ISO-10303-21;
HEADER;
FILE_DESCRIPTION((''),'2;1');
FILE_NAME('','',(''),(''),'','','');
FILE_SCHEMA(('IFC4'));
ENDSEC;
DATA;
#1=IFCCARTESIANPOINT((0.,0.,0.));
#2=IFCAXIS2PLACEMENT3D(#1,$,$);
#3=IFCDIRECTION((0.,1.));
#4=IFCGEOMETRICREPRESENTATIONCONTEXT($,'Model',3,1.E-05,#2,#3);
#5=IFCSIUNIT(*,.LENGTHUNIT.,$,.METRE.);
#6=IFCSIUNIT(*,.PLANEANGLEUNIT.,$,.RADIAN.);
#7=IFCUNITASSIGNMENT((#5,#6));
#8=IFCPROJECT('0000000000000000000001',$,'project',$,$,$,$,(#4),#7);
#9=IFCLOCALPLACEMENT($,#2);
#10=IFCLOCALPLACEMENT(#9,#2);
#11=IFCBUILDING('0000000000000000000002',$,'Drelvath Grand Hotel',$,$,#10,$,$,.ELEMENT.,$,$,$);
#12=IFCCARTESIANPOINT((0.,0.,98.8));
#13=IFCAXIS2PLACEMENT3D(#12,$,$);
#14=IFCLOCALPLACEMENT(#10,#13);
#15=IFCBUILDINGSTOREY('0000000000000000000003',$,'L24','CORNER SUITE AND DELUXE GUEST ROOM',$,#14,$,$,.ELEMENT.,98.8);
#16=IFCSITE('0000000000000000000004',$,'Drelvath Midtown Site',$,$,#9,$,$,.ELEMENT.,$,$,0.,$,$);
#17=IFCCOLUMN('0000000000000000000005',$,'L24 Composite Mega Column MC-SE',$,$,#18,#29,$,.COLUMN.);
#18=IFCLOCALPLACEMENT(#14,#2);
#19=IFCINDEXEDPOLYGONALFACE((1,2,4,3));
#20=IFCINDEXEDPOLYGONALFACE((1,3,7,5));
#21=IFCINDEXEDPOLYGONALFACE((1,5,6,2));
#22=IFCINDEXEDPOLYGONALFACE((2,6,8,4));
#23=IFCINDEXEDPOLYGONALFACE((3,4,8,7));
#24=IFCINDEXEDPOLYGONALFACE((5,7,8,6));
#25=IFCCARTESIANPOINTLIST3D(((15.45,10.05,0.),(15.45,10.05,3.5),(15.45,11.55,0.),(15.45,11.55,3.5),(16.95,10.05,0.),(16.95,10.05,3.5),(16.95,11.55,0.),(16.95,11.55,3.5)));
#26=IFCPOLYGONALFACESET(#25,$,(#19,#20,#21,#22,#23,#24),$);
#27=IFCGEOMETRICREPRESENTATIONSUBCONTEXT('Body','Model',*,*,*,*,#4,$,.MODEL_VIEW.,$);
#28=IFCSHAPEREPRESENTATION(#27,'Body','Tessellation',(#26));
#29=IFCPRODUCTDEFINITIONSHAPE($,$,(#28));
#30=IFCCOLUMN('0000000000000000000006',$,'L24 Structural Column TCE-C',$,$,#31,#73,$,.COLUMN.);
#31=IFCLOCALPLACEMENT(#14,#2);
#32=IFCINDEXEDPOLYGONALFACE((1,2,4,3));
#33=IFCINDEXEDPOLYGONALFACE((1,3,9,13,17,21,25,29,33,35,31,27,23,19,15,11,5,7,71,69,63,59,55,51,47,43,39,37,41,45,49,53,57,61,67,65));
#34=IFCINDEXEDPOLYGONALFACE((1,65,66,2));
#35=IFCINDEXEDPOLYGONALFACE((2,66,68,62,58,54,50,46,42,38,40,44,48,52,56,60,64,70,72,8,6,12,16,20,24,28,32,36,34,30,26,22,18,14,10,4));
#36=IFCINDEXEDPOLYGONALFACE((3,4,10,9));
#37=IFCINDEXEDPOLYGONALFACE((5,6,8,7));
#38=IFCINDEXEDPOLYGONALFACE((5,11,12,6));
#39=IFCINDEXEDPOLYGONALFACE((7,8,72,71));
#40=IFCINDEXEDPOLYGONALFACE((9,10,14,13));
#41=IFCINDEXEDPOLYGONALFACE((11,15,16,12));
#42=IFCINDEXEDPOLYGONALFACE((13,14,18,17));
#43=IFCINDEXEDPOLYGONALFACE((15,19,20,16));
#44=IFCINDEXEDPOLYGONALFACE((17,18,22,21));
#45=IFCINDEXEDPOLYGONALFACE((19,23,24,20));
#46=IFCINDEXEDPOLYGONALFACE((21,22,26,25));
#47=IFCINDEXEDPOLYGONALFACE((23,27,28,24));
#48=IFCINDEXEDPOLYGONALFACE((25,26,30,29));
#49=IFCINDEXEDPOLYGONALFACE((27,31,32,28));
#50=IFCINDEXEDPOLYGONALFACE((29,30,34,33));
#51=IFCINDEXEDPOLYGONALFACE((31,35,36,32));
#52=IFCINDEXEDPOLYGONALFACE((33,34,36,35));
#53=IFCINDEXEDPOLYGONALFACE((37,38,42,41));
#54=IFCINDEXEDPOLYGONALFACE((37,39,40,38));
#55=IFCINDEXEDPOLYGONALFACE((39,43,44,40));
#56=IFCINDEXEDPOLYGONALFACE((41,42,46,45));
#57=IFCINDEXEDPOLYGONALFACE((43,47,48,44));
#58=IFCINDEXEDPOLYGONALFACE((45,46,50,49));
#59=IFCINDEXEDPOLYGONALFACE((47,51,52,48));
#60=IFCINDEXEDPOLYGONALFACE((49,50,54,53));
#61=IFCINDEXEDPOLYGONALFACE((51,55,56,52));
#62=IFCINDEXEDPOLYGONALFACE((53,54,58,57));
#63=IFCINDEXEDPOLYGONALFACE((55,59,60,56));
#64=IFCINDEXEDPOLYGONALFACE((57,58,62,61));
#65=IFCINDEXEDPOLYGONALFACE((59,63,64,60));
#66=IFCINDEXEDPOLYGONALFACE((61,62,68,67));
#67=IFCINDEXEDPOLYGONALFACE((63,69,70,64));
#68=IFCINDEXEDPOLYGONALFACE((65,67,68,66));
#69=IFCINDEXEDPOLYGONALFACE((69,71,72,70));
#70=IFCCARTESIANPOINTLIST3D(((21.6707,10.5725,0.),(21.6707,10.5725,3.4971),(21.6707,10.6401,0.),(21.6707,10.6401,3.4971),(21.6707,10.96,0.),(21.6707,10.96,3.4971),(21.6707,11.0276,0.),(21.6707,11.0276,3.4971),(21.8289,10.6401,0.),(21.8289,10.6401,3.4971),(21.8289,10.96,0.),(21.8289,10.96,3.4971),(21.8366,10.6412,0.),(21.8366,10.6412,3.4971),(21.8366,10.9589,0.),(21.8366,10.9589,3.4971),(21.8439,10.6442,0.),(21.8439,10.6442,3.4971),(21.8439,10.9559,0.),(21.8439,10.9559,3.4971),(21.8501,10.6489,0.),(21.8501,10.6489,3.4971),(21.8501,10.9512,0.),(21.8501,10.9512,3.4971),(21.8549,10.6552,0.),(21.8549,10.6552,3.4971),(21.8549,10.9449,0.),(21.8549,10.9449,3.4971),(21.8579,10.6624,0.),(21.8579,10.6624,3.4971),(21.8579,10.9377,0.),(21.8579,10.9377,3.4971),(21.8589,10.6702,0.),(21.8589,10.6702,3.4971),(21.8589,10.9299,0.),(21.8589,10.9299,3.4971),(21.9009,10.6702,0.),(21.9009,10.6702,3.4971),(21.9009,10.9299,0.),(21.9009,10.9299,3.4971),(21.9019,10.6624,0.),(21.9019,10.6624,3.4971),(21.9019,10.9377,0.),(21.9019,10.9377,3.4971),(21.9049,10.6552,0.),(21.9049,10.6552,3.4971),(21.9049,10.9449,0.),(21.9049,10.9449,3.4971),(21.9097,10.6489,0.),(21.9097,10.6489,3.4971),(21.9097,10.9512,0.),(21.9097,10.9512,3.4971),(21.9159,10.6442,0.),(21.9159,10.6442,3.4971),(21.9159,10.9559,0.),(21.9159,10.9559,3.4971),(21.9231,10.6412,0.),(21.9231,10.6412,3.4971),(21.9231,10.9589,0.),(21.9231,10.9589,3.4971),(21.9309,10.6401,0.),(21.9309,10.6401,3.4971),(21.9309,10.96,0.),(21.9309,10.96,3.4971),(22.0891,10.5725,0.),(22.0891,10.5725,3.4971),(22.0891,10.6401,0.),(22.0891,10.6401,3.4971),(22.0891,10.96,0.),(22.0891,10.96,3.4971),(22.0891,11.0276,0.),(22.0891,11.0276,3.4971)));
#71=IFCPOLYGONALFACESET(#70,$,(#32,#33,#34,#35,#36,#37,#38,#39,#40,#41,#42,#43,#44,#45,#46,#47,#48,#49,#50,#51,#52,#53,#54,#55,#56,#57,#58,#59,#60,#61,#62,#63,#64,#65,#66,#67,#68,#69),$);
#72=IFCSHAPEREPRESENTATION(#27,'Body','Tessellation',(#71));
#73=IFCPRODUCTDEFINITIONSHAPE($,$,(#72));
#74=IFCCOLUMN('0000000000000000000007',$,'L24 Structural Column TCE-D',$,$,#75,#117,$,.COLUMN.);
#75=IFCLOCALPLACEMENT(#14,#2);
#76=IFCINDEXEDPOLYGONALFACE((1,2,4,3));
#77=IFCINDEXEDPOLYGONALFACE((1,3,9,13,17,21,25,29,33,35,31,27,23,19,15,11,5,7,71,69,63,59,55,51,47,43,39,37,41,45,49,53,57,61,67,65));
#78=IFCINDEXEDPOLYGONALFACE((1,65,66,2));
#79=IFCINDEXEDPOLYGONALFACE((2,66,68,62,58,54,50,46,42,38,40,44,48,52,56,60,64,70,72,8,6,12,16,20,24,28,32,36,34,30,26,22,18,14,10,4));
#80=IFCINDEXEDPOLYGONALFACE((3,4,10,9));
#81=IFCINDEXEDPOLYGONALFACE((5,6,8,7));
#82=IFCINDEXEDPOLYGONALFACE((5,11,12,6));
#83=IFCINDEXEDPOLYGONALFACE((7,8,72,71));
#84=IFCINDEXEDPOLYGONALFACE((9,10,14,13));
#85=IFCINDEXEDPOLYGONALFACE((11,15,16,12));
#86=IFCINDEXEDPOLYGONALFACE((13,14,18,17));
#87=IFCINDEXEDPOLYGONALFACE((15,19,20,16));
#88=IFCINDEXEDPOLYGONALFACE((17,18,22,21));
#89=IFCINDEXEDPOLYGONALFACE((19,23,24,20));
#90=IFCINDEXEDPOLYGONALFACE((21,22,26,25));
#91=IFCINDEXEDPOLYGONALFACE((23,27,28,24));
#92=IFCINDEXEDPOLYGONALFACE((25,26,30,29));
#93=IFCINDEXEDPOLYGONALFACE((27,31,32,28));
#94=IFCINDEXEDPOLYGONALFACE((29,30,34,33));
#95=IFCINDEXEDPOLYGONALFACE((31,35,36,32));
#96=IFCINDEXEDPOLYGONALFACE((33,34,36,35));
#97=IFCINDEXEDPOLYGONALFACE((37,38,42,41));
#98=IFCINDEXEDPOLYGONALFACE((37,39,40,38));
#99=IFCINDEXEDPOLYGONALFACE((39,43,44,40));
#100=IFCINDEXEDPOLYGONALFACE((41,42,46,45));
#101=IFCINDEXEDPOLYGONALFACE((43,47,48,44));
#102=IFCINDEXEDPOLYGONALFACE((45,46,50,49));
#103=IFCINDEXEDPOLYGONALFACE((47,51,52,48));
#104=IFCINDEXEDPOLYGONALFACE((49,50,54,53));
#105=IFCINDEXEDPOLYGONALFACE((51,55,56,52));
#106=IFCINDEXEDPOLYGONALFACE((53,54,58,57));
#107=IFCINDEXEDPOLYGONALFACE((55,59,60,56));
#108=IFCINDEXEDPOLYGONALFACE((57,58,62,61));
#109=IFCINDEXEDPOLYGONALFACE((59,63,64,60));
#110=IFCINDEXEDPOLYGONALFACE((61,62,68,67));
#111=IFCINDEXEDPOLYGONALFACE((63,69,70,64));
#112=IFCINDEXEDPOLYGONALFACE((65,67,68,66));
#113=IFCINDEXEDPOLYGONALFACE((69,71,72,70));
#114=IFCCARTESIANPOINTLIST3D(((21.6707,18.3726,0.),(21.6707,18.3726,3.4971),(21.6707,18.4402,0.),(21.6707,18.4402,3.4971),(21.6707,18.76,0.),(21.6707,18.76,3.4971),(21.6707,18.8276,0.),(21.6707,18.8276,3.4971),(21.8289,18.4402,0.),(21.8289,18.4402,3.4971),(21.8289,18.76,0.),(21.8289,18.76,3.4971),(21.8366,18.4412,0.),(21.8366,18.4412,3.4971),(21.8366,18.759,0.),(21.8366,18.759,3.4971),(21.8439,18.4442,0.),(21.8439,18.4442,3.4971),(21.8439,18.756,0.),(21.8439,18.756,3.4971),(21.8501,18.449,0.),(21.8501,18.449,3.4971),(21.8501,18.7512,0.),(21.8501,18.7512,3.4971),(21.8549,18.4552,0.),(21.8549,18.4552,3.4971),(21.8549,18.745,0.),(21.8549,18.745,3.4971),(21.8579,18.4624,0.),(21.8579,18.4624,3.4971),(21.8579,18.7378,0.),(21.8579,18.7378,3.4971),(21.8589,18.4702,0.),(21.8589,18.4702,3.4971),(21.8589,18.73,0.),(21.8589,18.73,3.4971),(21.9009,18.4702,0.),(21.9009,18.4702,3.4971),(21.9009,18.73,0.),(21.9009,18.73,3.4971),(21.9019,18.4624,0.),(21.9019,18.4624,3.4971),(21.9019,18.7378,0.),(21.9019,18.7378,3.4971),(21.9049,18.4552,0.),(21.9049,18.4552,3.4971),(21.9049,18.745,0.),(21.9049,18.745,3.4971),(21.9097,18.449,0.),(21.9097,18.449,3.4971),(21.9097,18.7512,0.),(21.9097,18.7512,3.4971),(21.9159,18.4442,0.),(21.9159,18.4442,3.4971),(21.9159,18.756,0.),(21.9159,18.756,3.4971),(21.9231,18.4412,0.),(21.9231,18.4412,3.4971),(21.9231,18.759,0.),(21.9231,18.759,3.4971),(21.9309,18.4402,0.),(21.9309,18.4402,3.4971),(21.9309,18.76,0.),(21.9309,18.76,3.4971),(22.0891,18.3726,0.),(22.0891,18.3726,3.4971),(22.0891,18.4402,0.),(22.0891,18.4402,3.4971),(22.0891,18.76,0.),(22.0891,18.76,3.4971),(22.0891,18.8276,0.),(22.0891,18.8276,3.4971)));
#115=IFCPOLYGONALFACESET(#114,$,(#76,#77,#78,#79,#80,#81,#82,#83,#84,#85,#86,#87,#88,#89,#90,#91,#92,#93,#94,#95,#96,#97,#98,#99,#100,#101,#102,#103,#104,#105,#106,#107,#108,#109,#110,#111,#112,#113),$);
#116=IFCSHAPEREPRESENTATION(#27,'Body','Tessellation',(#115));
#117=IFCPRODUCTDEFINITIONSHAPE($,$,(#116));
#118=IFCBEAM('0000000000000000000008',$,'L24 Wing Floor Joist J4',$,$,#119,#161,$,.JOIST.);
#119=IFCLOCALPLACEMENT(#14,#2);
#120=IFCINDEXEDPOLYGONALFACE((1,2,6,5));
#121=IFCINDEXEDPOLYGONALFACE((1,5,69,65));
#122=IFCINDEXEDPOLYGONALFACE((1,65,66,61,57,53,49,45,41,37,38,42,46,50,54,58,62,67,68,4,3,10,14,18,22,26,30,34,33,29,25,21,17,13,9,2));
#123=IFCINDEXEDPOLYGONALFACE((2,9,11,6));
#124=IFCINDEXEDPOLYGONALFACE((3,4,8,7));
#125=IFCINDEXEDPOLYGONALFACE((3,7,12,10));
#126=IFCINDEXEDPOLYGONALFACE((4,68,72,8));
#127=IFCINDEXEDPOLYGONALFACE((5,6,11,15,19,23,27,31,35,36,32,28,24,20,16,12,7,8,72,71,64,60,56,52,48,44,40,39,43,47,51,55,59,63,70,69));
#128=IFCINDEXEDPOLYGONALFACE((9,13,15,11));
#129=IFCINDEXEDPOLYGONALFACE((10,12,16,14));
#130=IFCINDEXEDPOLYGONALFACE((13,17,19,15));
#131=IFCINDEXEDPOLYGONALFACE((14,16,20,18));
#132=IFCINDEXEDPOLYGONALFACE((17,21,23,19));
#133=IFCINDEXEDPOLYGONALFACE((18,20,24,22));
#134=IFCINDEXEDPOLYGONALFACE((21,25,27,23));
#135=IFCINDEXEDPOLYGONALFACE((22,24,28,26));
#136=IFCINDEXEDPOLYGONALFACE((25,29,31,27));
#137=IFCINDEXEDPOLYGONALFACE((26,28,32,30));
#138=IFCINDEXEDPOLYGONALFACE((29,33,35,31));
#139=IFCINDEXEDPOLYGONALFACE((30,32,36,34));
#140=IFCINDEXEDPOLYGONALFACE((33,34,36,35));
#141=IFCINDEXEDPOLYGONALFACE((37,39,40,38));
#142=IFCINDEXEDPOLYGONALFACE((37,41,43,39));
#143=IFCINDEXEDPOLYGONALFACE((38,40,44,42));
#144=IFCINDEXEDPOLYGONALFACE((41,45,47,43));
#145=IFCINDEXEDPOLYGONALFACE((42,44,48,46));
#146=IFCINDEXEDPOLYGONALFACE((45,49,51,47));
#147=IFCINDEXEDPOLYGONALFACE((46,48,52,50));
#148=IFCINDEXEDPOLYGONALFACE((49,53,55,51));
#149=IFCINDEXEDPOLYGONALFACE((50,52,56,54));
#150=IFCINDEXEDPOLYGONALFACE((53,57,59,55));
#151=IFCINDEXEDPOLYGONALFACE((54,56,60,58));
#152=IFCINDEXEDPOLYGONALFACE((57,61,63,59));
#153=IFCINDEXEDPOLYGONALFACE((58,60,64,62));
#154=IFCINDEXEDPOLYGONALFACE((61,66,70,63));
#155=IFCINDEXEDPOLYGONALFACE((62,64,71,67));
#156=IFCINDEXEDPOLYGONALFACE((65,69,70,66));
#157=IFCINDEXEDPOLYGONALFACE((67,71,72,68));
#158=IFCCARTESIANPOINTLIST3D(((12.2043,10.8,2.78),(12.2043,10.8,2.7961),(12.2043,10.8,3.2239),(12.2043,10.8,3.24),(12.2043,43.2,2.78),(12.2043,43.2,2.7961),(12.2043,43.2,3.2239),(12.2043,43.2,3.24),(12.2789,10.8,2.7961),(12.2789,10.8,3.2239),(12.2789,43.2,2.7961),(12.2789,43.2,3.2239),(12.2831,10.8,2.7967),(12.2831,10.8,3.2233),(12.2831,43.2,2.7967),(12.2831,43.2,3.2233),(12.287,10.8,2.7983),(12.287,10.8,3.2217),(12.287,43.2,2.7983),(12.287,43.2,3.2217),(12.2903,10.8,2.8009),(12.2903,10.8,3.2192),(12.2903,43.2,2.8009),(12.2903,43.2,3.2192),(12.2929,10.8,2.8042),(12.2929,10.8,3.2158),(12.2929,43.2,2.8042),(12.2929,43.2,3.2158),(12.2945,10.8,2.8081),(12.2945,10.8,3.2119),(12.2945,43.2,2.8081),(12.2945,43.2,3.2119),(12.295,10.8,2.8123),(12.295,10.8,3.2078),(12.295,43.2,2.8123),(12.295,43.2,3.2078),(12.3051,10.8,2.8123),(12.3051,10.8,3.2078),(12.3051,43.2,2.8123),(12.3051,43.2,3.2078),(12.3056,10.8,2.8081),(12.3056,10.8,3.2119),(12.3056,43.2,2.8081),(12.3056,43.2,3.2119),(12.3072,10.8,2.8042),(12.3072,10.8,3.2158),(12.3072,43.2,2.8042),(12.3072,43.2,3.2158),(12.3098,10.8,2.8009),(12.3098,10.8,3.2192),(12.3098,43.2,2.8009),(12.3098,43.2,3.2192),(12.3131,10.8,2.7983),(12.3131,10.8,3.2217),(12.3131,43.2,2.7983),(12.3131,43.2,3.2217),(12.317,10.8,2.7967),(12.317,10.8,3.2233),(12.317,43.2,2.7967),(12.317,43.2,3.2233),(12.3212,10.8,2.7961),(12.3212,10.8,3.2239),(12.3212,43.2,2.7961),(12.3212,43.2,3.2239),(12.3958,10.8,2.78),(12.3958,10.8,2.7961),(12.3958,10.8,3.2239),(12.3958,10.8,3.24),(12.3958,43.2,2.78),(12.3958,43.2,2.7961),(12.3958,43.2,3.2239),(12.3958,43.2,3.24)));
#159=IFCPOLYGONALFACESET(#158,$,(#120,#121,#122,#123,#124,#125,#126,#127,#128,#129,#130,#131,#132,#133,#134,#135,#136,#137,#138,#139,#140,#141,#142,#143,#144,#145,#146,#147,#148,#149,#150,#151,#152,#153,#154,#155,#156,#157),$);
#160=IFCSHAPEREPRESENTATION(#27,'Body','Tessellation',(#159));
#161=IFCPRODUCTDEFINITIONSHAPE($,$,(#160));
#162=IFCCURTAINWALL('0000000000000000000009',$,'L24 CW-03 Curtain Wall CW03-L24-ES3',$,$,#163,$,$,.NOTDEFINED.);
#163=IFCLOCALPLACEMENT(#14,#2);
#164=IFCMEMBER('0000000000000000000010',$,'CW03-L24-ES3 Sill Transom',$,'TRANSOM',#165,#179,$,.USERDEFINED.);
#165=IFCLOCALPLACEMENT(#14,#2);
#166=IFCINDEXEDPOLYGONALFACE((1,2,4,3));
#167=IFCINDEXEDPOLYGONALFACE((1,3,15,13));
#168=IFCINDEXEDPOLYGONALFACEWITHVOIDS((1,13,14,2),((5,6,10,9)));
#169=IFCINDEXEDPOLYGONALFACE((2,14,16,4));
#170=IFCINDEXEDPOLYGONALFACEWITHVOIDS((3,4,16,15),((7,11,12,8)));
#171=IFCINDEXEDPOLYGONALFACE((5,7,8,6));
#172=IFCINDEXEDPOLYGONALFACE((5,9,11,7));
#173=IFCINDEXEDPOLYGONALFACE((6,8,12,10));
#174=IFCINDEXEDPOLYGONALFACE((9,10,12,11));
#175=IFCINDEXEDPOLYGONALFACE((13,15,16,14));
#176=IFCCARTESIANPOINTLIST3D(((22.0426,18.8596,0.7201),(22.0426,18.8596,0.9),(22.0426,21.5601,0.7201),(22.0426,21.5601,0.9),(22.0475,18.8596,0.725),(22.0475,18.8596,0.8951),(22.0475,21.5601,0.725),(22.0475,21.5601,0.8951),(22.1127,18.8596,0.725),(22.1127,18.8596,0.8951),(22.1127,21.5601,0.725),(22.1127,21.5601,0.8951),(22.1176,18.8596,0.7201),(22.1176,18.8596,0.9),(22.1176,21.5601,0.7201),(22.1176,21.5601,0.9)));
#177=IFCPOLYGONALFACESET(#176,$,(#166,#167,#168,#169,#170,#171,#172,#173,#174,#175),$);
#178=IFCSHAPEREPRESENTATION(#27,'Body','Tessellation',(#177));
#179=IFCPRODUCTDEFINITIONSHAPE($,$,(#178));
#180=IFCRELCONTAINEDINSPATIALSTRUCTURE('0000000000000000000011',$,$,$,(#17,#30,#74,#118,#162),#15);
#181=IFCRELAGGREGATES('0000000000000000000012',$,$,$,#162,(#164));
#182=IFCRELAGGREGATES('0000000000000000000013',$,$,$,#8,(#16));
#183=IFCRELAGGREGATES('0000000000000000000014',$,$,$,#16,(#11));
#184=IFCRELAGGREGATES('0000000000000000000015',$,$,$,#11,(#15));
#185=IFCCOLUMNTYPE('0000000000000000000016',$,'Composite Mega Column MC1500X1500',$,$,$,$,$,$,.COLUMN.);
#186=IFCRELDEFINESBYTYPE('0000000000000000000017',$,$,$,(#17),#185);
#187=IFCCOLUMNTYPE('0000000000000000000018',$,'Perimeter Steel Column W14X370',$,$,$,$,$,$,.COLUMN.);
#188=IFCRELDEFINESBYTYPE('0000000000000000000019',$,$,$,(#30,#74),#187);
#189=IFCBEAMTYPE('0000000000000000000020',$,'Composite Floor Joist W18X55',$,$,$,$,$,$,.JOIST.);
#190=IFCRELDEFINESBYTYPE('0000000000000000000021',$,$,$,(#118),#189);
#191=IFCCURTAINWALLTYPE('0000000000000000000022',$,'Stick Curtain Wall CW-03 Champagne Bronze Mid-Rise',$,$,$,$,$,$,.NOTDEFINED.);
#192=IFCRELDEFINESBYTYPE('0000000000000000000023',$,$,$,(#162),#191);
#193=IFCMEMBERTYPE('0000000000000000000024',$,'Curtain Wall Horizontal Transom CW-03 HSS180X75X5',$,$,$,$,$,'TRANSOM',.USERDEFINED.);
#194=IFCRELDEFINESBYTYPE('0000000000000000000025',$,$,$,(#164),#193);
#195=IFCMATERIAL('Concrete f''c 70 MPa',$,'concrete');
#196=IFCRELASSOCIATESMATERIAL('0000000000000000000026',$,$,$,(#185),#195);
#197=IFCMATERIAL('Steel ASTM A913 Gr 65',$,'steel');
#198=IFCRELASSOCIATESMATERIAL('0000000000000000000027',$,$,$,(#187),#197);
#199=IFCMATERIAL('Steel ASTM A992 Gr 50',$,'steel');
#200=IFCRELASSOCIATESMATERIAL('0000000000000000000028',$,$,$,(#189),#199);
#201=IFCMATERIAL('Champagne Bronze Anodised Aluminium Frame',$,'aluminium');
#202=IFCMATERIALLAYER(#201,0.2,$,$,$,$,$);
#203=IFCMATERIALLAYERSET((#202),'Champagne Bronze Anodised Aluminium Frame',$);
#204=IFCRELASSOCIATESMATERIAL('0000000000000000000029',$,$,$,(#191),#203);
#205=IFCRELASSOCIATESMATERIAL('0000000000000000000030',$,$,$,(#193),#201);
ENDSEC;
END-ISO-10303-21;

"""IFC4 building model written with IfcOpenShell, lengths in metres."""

from ifc_helpers import new_model, si_unit, direction, frame, origin, origin_2d, place, context, subcontext, project, spatial, rectangle, hollow_rectangle, i_section, extrude, material, layer, layer_set, material_profile, profile_set, type_object, element, aggregate, save


model = new_model("IFC4")

# Units and contexts
model_context = context("Model", 3, precision=1e-05, world=origin(), true_north=direction((0.0, 1.0)))
body_context = subcontext(model_context, "Body", "Model", "MODEL_VIEW")
ifc_project = project(units=[si_unit("LENGTHUNIT", "METRE"), si_unit("PLANEANGLEUNIT", "RADIAN")], contexts=[model_context])

# Site, building, storey
site_placement = place(None, origin())
site = spatial("IfcSite", under=ifc_project, at=site_placement, Name="Drelvath Midtown Site", CompositionType="ELEMENT", RefElevation=0.0)
building_placement = place(site_placement, origin())
building = spatial("IfcBuilding", under=site, at=building_placement, Name="Drelvath Grand Hotel", CompositionType="ELEMENT")
storey_placement = place(building_placement, frame((0.0, 0.0, 98.8)))
storey = spatial("IfcBuildingStorey", under=building, at=storey_placement, Name="L24", Description="CORNER SUITE AND DELUXE GUEST ROOM", CompositionType="ELEMENT", Elevation=98.8)

# Columns
ifc_material_1 = material(Name="Concrete f'c 70 MPa", Category="concrete")
ifc_material_profile_1 = material_profile(ifc_material_1, rectangle(XDim=1.5, YDim=1.5, at=origin_2d()), Name="MC1500X1500")
ifc_profile_set_1 = profile_set([ifc_material_profile_1], Name="Concrete f'c 70 MPa")
column_type_1 = type_object("IfcColumnType", Name="Composite Mega Column MC1500X1500", PredefinedType="COLUMN", material=ifc_profile_set_1)
column_placement = place(storey_placement, frame((16.2, 10.8, 0.0), z_axis=(0.0, 0.0, 1.0), x_axis=(1.0, 0.0, 0.0)))
element("IfcColumn", 1, at=column_placement, inside=storey, type_object=column_type_1, Name="L24 Composite Mega Column MC-SE", PredefinedType="COLUMN", context=body_context, shape_type="SweptSolid", body=[
    extrude(rectangle(XDim=1.5, YDim=1.5, at=origin_2d()), origin(), (0.0, 0.0, 1.0), 3.5),
])
ifc_material_2 = material(Name="Steel ASTM A913 Gr 65", Category="steel")
ifc_material_profile_2 = material_profile(ifc_material_2, i_section(OverallWidth=0.4185, OverallDepth=0.4551, WebThickness=0.042, FlangeThickness=0.0676, FilletRadius=0.03, at=origin_2d()), Name="W14X370")
ifc_profile_set_2 = profile_set([ifc_material_profile_2], Name="Steel ASTM A913 Gr 65")
column_type_2 = type_object("IfcColumnType", Name="Perimeter Steel Column W14X370", PredefinedType="COLUMN", material=ifc_profile_set_2)
for number, where, z_axis, x_axis, name in (
    (2, (21.8799, 10.8, 0.0), (0.0, 0.0, 1.0), (1.0, 0.0, 0.0), "L24 Structural Column TCE-C"),
    (3, (21.8799, 18.6001, 0.0), (0.0, 0.0, 1.0), (1.0, 0.0, 0.0), "L24 Structural Column TCE-D"),
):
    element("IfcColumn", number, at=place(storey_placement, frame(where, z_axis=z_axis, x_axis=x_axis)), inside=storey, type_object=column_type_2, Name=name, PredefinedType="COLUMN", context=body_context, shape_type="SweptSolid", body=[
        extrude(i_section(OverallWidth=0.4185, OverallDepth=0.4551, WebThickness=0.042, FlangeThickness=0.0676, FilletRadius=0.03, at=origin_2d()), origin(), (0.0, 0.0, 1.0), 3.4971),
    ])

# Beam
ifc_material_3 = material(Name="Steel ASTM A992 Gr 50", Category="steel")
ifc_material_profile_3 = material_profile(ifc_material_3, i_section(OverallWidth=0.1914, OverallDepth=0.46, WebThickness=0.01, FlangeThickness=0.0161, FilletRadius=0.0161, at=origin_2d()), Name="W18X55")
ifc_profile_set_3 = profile_set([ifc_material_profile_3], Name="Steel ASTM A992 Gr 50")
beam_type_1 = type_object("IfcBeamType", Name="Composite Floor Joist W18X55", PredefinedType="JOIST", material=ifc_profile_set_3)
beam_1_placement = place(storey_placement, frame((12.3, 10.8, 3.01), z_axis=(0.0, 1.0, 0.0), x_axis=(-1.0, 0.0, 0.0)))
element("IfcBeam", 4, at=beam_1_placement, inside=storey, type_object=beam_type_1, Name="L24 Wing Floor Joist J4", PredefinedType="JOIST", context=body_context, shape_type="SweptSolid", body=[
    extrude(i_section(OverallWidth=0.1914, OverallDepth=0.46, WebThickness=0.01, FlangeThickness=0.0161, FilletRadius=0.0161, at=origin_2d()), origin(), (0.0, 0.0, 1.0), 32.3999),
])

# Curtain wall, member
ifc_material_4 = material(Name="Champagne Bronze Anodised Aluminium Frame", Category="aluminium")
ifc_layer_1 = layer(ifc_material_4, 0.2)
ifc_layer_set_1 = layer_set([ifc_layer_1], Name="Champagne Bronze Anodised Aluminium Frame")
curtain_wall_type = type_object("IfcCurtainWallType", Name="Stick Curtain Wall CW-03 Champagne Bronze Mid-Rise", PredefinedType="NOTDEFINED", material=ifc_layer_set_1)
curtain_wall_1_placement = place(storey_placement, origin())
curtain_wall_1 = element("IfcCurtainWall", 5, at=curtain_wall_1_placement, inside=storey, type_object=curtain_wall_type, Name="L24 CW-03 Curtain Wall CW03-L24-ES3", PredefinedType="NOTDEFINED")
ifc_material_profile_4 = material_profile(ifc_material_4, hollow_rectangle(XDim=0.075, YDim=0.1799, WallThickness=0.0049, at=origin_2d()), Name="HSS180X75X5")
ifc_profile_set_4 = profile_set([ifc_material_profile_4], Name="Champagne Bronze Anodised Aluminium Frame")
member_type_1 = type_object("IfcMemberType", Name="Curtain Wall Horizontal Transom CW-03 HSS180X75X5", ElementType="TRANSOM", PredefinedType="USERDEFINED", material=ifc_profile_set_4)
member_1_placement = place(storey_placement, frame((22.0801, 21.5601, 0.8101), z_axis=(0.0, -1.0, 0.0), x_axis=(1.0, 0.0, 0.0)))
member_1 = element("IfcMember", 6, at=member_1_placement, type_object=member_type_1, Name="CW03-L24-ES3 Sill Transom", ObjectType="TRANSOM", PredefinedType="USERDEFINED", context=body_context, shape_type="SweptSolid", body=[
    extrude(hollow_rectangle(XDim=0.075, YDim=0.1799, WallThickness=0.0049, at=origin_2d()), origin(), (0.0, 0.0, 1.0), 2.7004),
])

aggregate(curtain_wall_1, [member_1])

save(model, "model.ifc")
